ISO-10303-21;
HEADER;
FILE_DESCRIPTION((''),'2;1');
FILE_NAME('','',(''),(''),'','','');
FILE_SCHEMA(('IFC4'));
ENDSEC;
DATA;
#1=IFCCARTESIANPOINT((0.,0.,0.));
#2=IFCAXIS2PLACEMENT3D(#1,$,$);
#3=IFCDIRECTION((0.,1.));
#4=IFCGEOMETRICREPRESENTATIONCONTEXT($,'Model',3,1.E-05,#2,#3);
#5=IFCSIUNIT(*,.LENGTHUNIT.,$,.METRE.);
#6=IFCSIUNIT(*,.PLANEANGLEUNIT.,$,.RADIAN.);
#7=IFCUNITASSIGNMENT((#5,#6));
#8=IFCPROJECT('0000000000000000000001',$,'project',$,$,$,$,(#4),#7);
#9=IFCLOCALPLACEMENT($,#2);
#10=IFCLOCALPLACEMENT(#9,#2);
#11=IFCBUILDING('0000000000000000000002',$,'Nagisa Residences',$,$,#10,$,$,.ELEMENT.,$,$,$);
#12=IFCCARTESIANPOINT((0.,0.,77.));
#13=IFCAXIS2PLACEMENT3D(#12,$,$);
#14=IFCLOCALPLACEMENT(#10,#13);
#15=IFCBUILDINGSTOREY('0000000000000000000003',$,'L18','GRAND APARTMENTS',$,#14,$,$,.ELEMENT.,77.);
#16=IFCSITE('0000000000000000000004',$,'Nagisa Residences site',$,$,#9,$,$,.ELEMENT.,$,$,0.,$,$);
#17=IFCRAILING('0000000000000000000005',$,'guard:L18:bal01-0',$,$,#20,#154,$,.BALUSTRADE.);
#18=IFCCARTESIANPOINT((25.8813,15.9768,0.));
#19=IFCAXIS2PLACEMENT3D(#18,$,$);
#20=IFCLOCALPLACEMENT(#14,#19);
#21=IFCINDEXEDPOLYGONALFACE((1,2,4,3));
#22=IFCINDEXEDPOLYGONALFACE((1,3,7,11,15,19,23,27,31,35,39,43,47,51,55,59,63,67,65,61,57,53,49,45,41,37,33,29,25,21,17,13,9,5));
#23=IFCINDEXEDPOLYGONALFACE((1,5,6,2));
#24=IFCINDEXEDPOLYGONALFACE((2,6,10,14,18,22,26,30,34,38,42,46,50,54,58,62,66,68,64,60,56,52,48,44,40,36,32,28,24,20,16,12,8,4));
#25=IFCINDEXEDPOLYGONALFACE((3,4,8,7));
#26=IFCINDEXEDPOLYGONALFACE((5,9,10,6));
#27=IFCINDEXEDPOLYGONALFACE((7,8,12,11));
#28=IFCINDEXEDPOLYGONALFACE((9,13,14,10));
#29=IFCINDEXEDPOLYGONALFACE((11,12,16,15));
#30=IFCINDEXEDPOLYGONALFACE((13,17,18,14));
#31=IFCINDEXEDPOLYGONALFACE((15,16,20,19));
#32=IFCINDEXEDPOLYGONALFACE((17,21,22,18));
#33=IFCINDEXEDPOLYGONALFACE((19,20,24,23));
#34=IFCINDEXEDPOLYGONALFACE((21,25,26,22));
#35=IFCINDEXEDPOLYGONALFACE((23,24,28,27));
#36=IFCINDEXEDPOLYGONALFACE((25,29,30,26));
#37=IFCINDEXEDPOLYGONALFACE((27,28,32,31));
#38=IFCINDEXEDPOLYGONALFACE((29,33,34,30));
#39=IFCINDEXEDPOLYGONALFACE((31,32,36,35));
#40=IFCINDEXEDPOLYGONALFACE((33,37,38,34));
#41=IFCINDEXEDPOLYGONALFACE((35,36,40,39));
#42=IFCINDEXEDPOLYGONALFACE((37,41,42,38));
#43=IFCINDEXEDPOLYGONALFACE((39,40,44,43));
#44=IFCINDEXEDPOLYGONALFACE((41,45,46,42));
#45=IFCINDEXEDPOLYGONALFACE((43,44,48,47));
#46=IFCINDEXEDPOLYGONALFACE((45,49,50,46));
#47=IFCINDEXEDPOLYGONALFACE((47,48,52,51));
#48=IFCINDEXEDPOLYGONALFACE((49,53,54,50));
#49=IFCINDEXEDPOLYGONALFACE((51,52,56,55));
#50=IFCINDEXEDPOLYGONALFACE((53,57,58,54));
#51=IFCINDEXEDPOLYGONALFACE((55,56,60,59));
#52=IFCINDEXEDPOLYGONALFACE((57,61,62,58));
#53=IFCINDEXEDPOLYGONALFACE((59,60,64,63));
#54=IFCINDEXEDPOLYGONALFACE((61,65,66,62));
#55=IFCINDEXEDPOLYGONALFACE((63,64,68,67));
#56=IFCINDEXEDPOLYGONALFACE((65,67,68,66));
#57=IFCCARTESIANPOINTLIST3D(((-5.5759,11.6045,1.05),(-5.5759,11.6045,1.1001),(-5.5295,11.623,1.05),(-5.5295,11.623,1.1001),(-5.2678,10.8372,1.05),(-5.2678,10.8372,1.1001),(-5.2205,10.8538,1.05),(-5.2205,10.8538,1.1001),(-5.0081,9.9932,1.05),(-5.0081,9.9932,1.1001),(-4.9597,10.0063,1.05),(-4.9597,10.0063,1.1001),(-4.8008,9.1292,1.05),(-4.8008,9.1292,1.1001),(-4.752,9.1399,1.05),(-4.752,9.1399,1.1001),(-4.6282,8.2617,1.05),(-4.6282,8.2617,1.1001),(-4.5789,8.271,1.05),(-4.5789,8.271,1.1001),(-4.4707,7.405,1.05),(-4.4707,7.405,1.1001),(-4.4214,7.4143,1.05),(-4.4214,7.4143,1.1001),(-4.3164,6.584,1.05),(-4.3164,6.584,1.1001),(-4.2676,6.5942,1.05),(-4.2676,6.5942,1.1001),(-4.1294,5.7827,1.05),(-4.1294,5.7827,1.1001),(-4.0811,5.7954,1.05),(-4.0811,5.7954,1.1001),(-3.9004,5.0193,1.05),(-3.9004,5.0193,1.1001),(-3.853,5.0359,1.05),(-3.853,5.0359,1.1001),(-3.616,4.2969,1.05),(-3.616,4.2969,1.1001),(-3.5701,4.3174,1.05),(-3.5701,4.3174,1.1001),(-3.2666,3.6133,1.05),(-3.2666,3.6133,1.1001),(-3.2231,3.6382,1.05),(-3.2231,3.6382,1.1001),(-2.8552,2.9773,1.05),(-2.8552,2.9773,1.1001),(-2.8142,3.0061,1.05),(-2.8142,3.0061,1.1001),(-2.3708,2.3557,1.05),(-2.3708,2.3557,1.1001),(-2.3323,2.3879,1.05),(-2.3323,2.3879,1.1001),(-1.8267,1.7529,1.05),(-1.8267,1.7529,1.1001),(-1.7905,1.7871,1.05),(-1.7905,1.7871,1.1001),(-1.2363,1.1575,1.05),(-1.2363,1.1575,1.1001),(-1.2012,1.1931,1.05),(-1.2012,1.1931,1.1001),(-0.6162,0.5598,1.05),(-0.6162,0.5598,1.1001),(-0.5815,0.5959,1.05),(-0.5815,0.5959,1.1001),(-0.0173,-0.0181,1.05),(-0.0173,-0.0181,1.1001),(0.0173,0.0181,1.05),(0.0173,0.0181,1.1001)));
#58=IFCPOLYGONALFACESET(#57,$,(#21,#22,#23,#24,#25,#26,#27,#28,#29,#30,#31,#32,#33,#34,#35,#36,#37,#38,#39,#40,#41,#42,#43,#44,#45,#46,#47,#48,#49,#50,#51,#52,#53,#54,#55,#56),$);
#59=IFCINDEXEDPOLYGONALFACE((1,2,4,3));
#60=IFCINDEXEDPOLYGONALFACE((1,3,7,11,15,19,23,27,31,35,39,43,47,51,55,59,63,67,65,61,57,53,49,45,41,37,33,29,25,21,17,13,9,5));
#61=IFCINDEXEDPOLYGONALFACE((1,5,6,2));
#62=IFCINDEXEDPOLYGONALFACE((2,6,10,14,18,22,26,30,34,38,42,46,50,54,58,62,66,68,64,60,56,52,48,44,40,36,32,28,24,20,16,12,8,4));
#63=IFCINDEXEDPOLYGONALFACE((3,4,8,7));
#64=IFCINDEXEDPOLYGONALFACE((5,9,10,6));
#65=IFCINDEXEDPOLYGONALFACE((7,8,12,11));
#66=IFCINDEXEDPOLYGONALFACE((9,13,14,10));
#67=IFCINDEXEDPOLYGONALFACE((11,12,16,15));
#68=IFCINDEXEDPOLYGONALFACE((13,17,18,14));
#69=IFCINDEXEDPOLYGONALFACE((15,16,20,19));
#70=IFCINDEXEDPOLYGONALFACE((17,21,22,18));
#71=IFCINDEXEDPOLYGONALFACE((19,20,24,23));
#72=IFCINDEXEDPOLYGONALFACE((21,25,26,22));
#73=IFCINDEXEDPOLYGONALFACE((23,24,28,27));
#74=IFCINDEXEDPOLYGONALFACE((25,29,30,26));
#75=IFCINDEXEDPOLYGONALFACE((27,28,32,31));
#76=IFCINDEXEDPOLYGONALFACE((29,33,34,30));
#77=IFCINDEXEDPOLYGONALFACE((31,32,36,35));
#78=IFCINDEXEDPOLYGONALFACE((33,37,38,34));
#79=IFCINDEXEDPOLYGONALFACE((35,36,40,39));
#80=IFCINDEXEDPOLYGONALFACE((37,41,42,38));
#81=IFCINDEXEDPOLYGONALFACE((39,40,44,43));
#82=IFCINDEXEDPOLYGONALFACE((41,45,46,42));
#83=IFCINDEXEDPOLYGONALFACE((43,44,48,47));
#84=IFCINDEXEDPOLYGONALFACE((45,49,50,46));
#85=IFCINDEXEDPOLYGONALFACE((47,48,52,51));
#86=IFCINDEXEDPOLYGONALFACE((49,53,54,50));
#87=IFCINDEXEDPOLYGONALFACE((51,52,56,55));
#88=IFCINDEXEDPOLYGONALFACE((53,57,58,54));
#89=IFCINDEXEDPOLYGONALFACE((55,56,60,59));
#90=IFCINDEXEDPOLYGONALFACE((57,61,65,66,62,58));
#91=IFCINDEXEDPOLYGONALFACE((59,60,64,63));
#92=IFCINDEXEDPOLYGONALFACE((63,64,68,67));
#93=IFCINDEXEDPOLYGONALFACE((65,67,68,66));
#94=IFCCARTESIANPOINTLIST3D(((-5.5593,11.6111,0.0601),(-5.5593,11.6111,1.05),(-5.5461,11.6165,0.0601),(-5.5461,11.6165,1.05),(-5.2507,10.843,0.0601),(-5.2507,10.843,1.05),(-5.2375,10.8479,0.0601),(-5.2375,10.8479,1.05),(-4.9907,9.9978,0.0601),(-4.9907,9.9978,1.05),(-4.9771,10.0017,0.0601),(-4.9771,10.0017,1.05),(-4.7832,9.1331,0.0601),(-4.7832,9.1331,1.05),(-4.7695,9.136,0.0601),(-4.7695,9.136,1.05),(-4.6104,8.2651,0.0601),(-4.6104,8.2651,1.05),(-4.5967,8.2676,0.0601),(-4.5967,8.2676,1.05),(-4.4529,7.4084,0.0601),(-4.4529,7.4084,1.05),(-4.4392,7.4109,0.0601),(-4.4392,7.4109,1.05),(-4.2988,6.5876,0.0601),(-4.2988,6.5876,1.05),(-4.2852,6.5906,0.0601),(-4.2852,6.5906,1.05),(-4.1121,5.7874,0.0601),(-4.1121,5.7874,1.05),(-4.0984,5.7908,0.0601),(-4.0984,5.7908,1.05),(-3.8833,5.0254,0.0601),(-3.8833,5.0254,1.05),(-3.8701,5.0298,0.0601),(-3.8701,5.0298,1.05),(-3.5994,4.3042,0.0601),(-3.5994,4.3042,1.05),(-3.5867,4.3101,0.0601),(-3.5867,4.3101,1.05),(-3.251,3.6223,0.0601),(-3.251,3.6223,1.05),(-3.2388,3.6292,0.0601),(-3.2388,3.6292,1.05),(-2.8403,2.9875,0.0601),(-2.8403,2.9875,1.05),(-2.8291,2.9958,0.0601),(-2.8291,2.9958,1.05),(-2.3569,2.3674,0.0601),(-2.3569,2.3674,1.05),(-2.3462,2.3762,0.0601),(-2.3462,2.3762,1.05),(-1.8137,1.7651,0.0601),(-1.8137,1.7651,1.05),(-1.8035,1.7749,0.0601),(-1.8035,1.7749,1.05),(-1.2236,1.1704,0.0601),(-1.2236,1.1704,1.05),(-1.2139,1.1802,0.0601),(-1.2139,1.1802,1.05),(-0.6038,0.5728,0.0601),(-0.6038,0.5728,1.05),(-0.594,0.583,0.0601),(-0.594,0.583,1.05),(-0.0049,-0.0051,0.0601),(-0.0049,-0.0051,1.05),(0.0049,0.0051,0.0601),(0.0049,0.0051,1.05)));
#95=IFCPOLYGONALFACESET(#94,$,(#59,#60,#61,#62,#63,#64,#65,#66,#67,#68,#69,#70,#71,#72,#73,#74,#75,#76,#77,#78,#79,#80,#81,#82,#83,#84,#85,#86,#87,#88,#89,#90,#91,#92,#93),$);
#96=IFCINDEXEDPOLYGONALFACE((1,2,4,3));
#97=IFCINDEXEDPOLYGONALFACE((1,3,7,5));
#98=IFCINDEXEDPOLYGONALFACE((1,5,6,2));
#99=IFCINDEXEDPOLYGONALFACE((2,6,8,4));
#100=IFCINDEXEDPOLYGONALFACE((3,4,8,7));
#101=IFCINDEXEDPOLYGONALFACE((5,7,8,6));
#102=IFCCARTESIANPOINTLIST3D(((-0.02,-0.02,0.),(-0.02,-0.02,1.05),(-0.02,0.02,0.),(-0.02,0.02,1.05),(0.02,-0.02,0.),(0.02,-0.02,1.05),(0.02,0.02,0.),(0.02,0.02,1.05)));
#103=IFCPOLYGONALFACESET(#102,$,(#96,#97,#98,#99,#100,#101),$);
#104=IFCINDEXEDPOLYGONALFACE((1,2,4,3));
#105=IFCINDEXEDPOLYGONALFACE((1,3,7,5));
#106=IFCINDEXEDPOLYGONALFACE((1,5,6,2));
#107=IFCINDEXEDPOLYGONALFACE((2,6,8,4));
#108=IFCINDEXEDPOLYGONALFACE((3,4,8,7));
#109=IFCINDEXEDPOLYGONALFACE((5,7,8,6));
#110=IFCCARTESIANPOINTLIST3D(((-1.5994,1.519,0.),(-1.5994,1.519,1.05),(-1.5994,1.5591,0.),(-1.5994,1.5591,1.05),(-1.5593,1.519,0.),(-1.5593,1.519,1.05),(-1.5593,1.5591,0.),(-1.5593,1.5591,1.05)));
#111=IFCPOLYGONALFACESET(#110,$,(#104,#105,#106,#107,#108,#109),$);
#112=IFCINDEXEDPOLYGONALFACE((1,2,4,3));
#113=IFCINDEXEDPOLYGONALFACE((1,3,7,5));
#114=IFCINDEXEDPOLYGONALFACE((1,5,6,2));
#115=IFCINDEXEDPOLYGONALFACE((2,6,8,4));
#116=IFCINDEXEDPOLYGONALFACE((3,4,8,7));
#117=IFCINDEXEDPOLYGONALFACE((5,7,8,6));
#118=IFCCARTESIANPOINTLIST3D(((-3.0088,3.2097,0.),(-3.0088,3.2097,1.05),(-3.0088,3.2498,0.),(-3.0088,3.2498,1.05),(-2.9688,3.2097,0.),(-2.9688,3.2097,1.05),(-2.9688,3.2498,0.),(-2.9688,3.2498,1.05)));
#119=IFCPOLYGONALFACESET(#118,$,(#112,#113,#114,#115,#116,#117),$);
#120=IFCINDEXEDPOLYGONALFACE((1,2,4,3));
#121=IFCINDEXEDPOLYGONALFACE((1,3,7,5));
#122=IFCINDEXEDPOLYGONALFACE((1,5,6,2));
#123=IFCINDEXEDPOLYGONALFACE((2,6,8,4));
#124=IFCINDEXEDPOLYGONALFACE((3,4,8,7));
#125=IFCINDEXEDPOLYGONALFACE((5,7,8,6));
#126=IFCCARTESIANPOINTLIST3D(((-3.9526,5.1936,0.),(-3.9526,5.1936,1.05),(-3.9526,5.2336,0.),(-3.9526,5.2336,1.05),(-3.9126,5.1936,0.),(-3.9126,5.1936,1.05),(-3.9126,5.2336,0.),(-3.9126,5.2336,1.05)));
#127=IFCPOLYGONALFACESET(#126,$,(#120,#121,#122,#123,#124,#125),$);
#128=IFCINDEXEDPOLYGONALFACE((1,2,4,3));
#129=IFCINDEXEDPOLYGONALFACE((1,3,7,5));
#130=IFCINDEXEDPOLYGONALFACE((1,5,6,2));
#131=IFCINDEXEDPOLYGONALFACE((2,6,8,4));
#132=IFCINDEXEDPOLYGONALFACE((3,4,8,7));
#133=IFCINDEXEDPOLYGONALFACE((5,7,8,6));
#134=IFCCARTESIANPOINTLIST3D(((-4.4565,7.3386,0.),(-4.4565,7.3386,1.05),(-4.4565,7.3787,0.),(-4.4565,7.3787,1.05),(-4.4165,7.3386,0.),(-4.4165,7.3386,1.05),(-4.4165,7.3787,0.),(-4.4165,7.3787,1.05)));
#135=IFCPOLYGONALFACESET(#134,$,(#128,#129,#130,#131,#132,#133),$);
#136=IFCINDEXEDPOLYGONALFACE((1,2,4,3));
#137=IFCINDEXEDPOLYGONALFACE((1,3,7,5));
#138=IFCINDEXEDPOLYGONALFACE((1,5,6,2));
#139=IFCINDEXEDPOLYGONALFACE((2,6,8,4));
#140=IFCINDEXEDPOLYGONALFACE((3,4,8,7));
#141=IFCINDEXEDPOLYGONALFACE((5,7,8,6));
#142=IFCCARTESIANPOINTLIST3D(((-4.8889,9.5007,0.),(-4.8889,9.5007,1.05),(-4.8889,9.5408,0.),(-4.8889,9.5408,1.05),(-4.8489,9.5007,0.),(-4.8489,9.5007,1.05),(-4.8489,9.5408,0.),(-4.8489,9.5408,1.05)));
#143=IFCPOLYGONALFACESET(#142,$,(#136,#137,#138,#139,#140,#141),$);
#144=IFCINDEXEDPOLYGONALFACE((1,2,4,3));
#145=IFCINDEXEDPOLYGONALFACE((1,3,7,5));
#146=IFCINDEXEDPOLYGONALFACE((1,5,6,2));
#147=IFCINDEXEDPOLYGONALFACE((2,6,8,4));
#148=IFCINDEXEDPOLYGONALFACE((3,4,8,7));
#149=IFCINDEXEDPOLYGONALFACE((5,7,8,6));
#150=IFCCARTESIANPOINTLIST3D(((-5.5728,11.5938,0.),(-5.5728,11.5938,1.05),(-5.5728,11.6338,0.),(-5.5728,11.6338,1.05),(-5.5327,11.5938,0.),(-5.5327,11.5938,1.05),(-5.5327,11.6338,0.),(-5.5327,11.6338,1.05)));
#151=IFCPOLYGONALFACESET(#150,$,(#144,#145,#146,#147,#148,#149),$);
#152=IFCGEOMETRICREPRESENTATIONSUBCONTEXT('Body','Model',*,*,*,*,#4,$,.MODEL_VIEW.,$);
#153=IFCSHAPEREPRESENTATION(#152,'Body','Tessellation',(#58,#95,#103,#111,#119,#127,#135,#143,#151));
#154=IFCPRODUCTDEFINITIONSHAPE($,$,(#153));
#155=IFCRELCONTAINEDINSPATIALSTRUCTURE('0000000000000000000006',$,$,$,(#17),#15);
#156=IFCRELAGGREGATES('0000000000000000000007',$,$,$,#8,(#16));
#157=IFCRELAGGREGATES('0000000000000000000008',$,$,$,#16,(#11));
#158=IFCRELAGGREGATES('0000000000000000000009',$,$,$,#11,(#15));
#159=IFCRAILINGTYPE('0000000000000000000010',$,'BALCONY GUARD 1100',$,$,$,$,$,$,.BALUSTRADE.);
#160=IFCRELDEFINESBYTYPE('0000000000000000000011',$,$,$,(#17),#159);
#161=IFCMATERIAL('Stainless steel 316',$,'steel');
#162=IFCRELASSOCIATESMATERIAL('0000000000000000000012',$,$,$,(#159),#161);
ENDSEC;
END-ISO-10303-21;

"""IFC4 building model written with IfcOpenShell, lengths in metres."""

from ifc_helpers import new_model, si_unit, direction, frame, origin, origin_2d, place, context, subcontext, project, spatial, polyline, rectangle, outline, extrude, material, type_object, element, save


model = new_model("IFC4")

# Units and contexts
model_context = context("Model", 3, precision=1e-05, world=origin(), true_north=direction((0.0, 1.0)))
body_context = subcontext(model_context, "Body", "Model", "MODEL_VIEW")
ifc_project = project(units=[si_unit("LENGTHUNIT", "METRE"), si_unit("PLANEANGLEUNIT", "RADIAN")], contexts=[model_context])

# Site, building, storey
site_placement = place(None, origin())
site = spatial("IfcSite", under=ifc_project, at=site_placement, Name="Nagisa Residences site", CompositionType="ELEMENT", RefElevation=0.0)
building_placement = place(site_placement, origin())
building = spatial("IfcBuilding", under=site, at=building_placement, Name="Nagisa Residences", CompositionType="ELEMENT")
storey_placement = place(building_placement, frame((0.0, 0.0, 77.0)))
storey = spatial("IfcBuildingStorey", under=building, at=storey_placement, Name="L18", Description="GRAND APARTMENTS", CompositionType="ELEMENT", Elevation=77.0)

# Railing
ifc_material_1 = material(Name="Stainless steel 316", Category="steel")
railing_type = type_object("IfcRailingType", Name="BALCONY GUARD 1100", PredefinedType="BALUSTRADE", material=ifc_material_1)
railing_1_placement = place(storey_placement, frame((25.8813, 15.9768, 0.0)))
element("IfcRailing", 1, at=railing_1_placement, inside=storey, type_object=railing_type, Name="guard:L18:bal01-0", PredefinedType="BALUSTRADE", context=body_context, shape_type="SweptSolid", body=[
    extrude(outline(polyline([(-0.6162, 0.5598), (-0.0173, -0.0181), (0.0173, 0.0181), (-0.5815, 0.5959), (-1.2012, 1.1931), (-1.7905, 1.7871), (-2.3323, 2.3879), (-2.8142, 3.0061), (-3.2231, 3.6382), (-3.5701, 4.3174), (-3.853, 5.0359), (-4.0811, 5.7954), (-4.2676, 6.5942), (-4.4214, 7.4143), (-4.5789, 8.271), (-4.752, 9.1399), (-4.9597, 10.0063), (-5.2205, 10.8538), (-5.5295, 11.623), (-5.5759, 11.6045), (-5.2678, 10.8372), (-5.0081, 9.9932), (-4.8008, 9.1292), (-4.6282, 8.2617), (-4.4707, 7.405), (-4.3164, 6.584), (-4.1294, 5.7827), (-3.9004, 5.0193), (-3.616, 4.2969), (-3.2666, 3.6133), (-2.8552, 2.9773), (-2.3708, 2.3557), (-1.8267, 1.7529), (-1.2363, 1.1575), (-0.6162, 0.5598)])), frame((0.0, 0.0, 1.05)), (0.0, 0.0, 1.0), 0.05),
    extrude(outline(polyline([(-0.6038, 0.5728), (-0.0049, -0.0051), (0.0049, 0.0051), (-0.594, 0.583), (-1.2139, 1.1802), (-1.8035, 1.7749), (-2.3462, 2.3762), (-2.8291, 2.9958), (-3.2388, 3.6292), (-3.5867, 4.3101), (-3.8701, 5.0298), (-4.0984, 5.7908), (-4.2852, 6.5906), (-4.4392, 7.4109), (-4.5967, 8.2676), (-4.7695, 9.136), (-4.9771, 10.0017), (-5.2375, 10.8479), (-5.5461, 11.6165), (-5.5593, 11.6111), (-5.2507, 10.843), (-4.9907, 9.9978), (-4.7832, 9.1331), (-4.6104, 8.2651), (-4.4529, 7.4084), (-4.2988, 6.5876), (-4.1121, 5.7874), (-3.8833, 5.0254), (-3.5994, 4.3042), (-3.251, 3.6223), (-2.8403, 2.9875), (-2.3569, 2.3674), (-1.8137, 1.7651), (-1.2236, 1.1704), (-0.6038, 0.5728)])), frame((0.0, 0.0, 0.0601)), (0.0, 0.0, 1.0), 0.99),
    extrude(rectangle(XDim=0.04, YDim=0.04, at=origin_2d()), origin(), (0.0, 0.0, 1.0), 1.05),
    extrude(rectangle(XDim=0.04, YDim=0.04, at=origin_2d()), frame((-1.5793, 1.5391, 0.0)), (0.0, 0.0, 1.0), 1.05),
    extrude(rectangle(XDim=0.04, YDim=0.04, at=origin_2d()), frame((-2.9888, 3.2297, 0.0)), (0.0, 0.0, 1.0), 1.05),
    extrude(rectangle(XDim=0.04, YDim=0.04, at=origin_2d()), frame((-3.9326, 5.2136, 0.0)), (0.0, 0.0, 1.0), 1.05),
    extrude(rectangle(XDim=0.04, YDim=0.04, at=origin_2d()), frame((-4.4365, 7.3586, 0.0)), (0.0, 0.0, 1.0), 1.05),
    extrude(rectangle(XDim=0.04, YDim=0.04, at=origin_2d()), frame((-4.8689, 9.5208, 0.0)), (0.0, 0.0, 1.0), 1.05),
    extrude(rectangle(XDim=0.04, YDim=0.04, at=origin_2d()), frame((-5.5527, 11.6138, 0.0)), (0.0, 0.0, 1.0), 1.05),
])

save(model, "model.ifc")
